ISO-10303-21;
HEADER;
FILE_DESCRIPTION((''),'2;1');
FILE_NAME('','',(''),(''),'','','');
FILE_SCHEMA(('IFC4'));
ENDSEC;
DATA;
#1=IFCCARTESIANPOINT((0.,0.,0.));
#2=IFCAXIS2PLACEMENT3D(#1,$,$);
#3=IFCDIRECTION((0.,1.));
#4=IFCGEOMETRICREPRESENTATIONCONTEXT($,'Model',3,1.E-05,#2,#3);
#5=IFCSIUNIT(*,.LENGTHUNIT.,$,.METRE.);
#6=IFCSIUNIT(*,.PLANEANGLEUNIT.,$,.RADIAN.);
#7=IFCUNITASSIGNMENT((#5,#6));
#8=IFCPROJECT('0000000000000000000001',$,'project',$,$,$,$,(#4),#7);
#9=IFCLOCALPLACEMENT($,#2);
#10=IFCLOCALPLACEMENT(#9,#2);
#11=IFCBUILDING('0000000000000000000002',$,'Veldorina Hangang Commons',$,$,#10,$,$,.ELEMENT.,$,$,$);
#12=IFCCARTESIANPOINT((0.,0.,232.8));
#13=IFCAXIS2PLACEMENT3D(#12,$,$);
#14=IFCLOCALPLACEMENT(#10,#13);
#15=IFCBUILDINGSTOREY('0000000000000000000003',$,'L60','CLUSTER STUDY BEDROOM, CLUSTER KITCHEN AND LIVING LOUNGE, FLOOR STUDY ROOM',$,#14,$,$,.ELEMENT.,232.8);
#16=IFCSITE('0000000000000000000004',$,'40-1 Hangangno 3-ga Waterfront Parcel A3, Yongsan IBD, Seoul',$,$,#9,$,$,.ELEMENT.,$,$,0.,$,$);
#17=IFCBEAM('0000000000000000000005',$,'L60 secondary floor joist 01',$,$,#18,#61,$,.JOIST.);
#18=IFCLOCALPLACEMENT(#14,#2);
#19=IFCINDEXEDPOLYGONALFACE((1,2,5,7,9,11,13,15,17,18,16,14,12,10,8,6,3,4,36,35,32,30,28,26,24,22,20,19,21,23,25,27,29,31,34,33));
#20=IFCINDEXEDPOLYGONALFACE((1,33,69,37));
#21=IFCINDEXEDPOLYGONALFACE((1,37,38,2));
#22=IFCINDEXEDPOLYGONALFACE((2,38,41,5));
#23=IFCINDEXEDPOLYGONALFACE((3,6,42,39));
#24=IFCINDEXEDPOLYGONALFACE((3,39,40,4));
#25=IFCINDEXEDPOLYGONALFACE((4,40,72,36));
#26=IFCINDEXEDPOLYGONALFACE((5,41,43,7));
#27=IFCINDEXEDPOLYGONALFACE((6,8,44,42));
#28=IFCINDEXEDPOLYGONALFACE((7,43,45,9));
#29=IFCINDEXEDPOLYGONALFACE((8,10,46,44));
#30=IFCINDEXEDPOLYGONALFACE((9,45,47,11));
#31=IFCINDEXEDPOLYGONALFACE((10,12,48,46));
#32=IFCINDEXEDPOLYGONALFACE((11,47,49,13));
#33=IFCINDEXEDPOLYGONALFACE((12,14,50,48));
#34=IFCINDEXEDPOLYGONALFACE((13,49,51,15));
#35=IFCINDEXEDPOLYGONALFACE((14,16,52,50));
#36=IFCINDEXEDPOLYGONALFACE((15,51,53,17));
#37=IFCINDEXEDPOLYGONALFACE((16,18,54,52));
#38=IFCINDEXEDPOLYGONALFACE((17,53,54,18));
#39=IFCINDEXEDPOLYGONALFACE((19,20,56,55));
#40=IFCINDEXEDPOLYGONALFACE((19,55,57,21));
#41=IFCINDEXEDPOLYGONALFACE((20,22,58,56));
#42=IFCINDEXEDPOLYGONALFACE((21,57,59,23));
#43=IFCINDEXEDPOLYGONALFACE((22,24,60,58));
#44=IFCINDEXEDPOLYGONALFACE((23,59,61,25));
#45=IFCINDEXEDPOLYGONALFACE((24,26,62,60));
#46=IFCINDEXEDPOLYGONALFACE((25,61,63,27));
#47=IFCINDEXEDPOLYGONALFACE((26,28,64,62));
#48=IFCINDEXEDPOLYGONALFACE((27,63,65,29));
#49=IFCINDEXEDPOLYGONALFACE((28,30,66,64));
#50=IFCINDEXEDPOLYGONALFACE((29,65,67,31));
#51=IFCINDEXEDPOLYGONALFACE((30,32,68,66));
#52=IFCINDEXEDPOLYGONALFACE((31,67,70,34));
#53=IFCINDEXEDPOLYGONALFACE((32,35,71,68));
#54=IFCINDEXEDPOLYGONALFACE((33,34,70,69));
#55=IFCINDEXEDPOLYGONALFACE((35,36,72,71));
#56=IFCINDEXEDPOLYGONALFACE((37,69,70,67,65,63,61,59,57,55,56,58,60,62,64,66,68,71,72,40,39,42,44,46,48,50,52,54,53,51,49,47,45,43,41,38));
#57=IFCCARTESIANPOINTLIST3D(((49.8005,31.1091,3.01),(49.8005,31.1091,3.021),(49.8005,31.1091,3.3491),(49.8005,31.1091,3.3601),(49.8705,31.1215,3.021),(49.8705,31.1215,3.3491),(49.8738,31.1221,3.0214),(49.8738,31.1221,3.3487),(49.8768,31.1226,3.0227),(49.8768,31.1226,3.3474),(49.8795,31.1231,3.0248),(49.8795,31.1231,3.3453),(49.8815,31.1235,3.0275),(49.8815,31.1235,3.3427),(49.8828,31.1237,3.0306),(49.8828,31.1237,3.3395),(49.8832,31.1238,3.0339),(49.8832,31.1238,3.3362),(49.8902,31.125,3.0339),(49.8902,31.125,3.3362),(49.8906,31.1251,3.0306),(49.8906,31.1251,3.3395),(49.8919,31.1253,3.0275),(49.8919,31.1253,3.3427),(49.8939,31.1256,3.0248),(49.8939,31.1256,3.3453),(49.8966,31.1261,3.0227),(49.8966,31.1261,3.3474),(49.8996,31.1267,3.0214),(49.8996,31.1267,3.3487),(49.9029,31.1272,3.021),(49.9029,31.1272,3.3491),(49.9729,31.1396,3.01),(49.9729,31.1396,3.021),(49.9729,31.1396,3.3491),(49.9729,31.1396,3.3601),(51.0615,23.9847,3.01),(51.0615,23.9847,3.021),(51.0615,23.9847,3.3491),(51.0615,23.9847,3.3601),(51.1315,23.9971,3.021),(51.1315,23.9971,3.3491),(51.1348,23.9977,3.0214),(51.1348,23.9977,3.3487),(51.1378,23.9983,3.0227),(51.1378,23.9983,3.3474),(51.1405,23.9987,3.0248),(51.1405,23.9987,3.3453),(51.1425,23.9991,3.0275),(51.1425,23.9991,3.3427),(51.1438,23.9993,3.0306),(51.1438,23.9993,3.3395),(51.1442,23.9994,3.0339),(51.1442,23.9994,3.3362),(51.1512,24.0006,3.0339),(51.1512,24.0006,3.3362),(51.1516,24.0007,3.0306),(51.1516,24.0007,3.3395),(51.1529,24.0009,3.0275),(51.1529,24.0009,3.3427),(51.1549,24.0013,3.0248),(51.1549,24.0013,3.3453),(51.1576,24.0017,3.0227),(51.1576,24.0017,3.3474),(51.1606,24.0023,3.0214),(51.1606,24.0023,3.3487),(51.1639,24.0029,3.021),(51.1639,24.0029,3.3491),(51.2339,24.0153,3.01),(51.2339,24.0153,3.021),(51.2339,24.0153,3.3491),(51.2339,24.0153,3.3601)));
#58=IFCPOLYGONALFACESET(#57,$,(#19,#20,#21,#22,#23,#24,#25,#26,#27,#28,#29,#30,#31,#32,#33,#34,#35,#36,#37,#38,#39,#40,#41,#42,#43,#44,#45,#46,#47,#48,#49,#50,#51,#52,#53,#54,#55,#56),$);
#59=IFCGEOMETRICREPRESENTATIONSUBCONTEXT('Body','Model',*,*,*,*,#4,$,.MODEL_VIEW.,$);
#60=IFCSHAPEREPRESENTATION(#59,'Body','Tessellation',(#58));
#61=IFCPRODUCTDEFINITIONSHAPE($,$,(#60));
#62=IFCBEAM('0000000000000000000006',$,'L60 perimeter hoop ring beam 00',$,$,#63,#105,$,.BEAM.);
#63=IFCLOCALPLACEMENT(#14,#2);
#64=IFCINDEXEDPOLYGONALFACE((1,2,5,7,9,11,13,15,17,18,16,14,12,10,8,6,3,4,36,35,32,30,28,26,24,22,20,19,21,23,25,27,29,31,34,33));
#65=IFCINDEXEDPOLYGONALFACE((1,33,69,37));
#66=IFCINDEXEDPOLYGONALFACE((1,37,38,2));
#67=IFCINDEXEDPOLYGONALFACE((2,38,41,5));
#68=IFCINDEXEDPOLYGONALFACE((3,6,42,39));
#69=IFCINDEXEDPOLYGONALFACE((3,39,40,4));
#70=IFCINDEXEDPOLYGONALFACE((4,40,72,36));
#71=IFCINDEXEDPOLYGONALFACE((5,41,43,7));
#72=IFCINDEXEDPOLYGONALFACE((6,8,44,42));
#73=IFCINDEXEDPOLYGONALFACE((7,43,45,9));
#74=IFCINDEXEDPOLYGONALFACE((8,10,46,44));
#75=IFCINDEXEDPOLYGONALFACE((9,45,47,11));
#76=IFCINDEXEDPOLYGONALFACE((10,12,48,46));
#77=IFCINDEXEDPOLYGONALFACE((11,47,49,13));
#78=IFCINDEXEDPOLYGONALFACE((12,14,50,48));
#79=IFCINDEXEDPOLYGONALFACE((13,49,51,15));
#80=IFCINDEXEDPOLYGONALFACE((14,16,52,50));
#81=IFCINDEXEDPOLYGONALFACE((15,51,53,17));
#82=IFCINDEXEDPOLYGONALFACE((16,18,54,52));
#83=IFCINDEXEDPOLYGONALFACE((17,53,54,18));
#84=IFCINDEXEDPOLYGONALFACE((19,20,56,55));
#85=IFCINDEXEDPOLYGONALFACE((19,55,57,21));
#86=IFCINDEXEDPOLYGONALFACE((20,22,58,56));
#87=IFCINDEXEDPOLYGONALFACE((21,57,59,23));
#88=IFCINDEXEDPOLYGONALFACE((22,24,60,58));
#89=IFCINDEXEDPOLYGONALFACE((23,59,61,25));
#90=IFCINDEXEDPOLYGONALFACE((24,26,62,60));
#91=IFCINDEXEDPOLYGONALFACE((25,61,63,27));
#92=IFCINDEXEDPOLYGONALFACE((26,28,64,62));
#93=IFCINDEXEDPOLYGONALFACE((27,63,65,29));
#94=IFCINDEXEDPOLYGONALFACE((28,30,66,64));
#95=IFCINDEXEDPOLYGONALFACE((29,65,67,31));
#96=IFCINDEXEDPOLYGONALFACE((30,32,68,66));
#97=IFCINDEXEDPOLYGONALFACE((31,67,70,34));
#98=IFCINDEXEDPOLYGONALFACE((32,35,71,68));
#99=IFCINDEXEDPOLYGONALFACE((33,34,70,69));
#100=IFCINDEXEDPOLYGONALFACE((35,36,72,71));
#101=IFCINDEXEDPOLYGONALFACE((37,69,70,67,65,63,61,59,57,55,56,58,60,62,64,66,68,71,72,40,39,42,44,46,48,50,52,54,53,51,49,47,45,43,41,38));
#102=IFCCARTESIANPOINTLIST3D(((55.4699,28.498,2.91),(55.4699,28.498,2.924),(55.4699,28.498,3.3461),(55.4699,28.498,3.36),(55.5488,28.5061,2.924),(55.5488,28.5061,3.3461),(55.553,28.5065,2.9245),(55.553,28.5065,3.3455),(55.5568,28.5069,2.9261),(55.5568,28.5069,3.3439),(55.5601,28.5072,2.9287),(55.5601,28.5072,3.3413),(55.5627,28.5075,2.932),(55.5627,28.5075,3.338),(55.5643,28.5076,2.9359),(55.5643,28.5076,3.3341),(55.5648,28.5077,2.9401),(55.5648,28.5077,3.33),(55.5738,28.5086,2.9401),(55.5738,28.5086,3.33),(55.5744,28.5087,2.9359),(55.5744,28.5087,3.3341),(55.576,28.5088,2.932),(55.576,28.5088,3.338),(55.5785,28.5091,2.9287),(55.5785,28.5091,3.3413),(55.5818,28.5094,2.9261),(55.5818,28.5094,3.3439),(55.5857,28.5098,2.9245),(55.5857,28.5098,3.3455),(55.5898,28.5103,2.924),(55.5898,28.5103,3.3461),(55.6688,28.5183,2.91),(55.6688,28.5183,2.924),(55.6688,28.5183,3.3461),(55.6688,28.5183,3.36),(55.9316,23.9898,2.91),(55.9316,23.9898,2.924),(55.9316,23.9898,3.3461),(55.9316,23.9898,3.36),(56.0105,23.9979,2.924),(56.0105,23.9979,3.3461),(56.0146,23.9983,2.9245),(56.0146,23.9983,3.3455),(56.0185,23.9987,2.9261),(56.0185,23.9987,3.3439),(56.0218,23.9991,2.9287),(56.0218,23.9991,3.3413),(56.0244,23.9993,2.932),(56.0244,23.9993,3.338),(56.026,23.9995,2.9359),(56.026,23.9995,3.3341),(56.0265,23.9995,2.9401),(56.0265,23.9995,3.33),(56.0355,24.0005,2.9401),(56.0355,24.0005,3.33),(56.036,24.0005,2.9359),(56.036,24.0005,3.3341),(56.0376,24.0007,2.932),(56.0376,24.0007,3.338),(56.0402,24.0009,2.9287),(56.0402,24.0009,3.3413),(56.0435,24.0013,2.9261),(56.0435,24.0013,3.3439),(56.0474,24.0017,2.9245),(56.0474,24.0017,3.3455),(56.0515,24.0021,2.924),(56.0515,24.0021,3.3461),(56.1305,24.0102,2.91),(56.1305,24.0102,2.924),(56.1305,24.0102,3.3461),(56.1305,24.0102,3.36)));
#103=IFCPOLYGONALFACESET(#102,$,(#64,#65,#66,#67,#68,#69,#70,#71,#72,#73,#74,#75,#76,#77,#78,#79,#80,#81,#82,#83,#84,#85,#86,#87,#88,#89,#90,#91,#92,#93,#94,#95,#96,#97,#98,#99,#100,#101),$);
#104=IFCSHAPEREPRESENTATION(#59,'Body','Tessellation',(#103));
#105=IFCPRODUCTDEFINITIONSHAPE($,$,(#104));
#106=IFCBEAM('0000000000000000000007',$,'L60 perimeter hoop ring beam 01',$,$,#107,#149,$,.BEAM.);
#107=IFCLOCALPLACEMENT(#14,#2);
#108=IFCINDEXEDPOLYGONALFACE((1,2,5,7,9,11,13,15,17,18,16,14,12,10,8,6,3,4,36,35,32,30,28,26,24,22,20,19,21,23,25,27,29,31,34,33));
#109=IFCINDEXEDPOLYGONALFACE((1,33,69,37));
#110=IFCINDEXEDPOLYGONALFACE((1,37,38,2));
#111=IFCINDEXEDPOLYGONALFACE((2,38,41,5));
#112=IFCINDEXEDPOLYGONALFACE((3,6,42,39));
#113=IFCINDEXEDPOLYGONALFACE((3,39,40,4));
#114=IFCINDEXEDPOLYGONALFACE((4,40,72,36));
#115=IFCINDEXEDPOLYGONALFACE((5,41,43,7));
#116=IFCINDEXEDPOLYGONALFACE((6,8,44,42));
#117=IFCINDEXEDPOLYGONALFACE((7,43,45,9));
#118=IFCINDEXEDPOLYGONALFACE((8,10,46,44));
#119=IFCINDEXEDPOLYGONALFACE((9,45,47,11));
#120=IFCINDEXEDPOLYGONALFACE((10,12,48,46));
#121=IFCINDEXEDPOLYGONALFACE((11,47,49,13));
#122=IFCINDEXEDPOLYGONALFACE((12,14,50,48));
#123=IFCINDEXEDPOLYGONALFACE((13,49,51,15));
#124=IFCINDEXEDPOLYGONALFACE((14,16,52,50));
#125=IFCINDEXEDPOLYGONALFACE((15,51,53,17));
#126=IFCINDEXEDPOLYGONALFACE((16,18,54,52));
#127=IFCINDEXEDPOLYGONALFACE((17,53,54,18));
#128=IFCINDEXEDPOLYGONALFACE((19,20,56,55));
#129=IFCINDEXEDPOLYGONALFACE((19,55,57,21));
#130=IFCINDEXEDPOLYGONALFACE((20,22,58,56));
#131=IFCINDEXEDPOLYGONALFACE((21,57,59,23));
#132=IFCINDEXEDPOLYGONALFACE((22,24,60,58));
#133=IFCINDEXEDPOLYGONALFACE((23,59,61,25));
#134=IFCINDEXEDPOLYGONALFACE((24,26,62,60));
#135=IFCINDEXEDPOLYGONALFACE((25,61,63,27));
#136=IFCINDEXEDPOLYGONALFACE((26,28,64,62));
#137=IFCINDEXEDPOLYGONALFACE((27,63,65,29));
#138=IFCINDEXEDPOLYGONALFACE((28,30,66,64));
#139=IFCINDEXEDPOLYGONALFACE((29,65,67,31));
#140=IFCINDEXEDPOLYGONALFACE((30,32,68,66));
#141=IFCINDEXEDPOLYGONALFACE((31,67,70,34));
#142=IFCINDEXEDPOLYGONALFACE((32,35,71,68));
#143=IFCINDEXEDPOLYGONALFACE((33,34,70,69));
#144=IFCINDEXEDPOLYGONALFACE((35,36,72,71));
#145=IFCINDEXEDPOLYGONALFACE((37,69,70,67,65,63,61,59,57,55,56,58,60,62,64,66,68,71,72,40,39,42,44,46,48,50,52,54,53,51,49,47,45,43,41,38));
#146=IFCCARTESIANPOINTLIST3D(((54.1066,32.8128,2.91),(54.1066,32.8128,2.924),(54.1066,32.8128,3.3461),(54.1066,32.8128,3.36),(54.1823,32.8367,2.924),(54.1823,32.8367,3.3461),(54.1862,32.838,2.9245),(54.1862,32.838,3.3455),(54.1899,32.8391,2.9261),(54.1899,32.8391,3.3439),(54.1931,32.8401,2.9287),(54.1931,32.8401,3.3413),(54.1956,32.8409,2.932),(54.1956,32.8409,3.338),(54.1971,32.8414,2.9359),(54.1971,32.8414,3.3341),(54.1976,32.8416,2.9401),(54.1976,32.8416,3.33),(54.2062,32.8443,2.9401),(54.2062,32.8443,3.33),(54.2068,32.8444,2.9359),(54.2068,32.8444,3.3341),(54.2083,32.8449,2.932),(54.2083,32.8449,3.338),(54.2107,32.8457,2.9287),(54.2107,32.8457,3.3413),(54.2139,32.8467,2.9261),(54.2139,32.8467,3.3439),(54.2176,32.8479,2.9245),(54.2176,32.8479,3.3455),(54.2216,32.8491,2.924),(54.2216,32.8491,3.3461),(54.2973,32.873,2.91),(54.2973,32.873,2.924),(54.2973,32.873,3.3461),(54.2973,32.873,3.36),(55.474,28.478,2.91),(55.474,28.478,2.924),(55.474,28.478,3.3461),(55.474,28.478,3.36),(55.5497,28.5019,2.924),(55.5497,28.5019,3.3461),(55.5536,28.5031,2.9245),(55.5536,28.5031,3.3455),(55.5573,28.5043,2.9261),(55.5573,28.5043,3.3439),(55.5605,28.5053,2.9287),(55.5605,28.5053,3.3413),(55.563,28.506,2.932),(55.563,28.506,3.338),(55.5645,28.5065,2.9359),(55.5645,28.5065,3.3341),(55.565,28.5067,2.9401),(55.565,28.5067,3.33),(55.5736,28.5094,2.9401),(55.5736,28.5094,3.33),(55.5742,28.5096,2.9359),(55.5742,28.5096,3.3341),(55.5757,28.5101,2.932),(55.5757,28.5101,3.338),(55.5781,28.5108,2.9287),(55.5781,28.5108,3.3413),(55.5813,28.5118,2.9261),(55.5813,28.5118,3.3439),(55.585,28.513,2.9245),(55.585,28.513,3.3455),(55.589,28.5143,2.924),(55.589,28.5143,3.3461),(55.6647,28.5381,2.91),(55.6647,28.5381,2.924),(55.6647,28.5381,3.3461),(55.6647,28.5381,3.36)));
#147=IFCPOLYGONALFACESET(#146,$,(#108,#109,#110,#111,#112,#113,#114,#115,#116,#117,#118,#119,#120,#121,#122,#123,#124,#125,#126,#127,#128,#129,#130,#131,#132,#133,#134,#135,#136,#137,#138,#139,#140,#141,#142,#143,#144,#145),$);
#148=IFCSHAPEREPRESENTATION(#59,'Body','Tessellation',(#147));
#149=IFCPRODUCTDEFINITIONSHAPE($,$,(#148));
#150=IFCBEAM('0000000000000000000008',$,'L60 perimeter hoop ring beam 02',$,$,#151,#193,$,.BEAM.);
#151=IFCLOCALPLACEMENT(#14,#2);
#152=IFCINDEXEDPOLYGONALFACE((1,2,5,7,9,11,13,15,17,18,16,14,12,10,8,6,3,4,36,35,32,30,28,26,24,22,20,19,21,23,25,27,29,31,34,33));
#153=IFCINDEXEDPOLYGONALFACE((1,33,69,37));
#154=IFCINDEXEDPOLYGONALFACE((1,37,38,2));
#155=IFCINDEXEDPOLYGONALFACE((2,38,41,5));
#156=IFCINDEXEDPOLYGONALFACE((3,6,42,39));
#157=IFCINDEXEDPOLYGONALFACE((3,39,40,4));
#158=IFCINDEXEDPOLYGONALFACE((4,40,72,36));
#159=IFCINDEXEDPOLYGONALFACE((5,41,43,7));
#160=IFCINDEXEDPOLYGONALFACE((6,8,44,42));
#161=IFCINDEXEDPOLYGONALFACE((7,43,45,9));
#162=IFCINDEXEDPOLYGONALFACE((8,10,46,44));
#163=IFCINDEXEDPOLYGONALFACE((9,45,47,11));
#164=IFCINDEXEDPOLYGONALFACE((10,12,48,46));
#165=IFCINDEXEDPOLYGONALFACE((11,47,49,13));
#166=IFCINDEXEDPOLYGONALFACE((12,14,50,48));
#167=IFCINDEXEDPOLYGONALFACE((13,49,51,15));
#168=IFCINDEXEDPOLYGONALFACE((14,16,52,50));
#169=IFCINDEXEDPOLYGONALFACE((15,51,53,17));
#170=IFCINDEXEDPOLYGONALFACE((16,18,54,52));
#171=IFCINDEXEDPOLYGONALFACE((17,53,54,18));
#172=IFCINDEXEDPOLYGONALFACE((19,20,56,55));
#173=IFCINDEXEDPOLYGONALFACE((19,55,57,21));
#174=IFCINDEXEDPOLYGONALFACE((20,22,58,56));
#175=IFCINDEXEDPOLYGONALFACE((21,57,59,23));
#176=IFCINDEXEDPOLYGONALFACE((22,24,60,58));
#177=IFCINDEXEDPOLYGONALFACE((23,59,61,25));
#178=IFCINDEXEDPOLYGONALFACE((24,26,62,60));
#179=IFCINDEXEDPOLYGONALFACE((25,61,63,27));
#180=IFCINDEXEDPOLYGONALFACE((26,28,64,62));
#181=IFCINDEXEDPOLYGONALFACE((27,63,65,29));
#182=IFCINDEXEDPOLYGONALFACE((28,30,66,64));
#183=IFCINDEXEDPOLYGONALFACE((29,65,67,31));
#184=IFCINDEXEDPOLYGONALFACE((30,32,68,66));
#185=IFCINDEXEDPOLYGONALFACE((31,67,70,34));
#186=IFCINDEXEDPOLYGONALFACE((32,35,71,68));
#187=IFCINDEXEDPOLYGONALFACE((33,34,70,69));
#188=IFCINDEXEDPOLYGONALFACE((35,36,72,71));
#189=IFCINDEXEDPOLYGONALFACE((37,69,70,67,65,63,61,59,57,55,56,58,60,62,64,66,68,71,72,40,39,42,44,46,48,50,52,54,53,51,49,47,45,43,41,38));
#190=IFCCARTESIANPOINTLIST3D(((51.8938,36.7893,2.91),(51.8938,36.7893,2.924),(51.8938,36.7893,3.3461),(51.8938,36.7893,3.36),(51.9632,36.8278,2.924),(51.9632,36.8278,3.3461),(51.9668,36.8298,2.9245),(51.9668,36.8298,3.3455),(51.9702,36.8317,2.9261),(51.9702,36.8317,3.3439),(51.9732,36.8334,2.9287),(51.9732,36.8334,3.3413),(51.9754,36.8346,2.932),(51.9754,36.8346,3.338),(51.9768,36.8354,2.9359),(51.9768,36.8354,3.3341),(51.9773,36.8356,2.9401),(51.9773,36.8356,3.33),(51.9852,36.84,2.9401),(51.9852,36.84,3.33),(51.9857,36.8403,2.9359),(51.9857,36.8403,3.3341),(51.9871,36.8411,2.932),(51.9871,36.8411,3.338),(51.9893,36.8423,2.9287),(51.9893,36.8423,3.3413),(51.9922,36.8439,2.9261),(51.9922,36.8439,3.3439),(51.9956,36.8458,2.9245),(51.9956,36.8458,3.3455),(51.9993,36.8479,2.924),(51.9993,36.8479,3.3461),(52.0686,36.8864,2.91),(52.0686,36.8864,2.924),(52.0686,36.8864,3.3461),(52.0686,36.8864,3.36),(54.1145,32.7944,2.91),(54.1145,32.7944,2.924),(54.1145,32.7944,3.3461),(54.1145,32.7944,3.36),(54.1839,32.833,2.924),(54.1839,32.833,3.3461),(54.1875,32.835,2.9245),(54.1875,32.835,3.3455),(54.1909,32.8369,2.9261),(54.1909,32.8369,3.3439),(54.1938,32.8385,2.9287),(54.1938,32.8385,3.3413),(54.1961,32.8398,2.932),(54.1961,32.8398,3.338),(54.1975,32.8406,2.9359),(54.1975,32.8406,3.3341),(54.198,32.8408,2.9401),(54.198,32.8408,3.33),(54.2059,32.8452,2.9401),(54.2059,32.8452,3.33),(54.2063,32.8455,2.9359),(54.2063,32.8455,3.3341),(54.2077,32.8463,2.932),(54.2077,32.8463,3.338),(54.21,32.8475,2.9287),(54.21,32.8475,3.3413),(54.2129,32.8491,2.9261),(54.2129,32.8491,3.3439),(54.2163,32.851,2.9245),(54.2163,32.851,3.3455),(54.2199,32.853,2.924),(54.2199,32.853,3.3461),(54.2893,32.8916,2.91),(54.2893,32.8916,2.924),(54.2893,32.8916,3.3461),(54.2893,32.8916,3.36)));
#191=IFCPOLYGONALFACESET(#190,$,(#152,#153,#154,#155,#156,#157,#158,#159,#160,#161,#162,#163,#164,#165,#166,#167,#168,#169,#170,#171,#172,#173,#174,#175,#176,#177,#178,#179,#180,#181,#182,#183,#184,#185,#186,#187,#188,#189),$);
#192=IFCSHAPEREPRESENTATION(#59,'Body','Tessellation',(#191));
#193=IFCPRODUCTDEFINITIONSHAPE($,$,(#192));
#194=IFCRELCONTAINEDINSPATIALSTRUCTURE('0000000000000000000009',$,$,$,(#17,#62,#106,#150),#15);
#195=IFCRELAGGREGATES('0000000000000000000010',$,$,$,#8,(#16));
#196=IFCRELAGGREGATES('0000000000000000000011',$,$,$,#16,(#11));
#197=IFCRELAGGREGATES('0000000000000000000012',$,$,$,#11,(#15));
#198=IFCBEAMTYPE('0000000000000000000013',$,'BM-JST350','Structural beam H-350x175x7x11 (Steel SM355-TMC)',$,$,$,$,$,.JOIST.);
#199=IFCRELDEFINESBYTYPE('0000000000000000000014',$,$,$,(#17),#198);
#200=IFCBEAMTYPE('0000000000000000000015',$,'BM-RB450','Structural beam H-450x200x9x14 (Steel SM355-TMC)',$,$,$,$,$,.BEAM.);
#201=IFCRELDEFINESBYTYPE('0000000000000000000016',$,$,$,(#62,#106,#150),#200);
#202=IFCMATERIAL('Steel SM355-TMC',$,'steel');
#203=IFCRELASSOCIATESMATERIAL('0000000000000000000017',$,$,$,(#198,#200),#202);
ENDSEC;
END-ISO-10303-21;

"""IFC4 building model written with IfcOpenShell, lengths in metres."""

from ifc_helpers import new_model, si_unit, direction, frame, origin, origin_2d, place, context, subcontext, project, spatial, i_section, extrude, material, material_profile, profile_set, type_object, element, save


model = new_model("IFC4")

# Units and contexts
model_context = context("Model", 3, precision=1e-05, world=origin(), true_north=direction((0.0, 1.0)))
body_context = subcontext(model_context, "Body", "Model", "MODEL_VIEW")
ifc_project = project(units=[si_unit("LENGTHUNIT", "METRE"), si_unit("PLANEANGLEUNIT", "RADIAN")], contexts=[model_context])

# Site, building, storey
site_placement = place(None, origin())
site = spatial("IfcSite", under=ifc_project, at=site_placement, Name="40-1 Hangangno 3-ga Waterfront Parcel A3, Yongsan IBD, Seoul", CompositionType="ELEMENT", RefElevation=0.0)
building_placement = place(site_placement, origin())
building = spatial("IfcBuilding", under=site, at=building_placement, Name="Veldorina Hangang Commons", CompositionType="ELEMENT")
storey_placement = place(building_placement, frame((0.0, 0.0, 232.8)))
storey = spatial("IfcBuildingStorey", under=building, at=storey_placement, Name="L60", Description="CLUSTER STUDY BEDROOM, CLUSTER KITCHEN AND LIVING LOUNGE, FLOOR STUDY ROOM", CompositionType="ELEMENT", Elevation=232.8)

# Beams
ifc_material_1 = material(Name="Steel SM355-TMC", Category="steel")
ifc_material_profile_1 = material_profile(ifc_material_1, i_section(OverallWidth=0.175, OverallDepth=0.3501, WebThickness=0.0071, FlangeThickness=0.011, FilletRadius=0.0129, at=origin_2d()), Name="H-350x175x7x11")
ifc_profile_set_1 = profile_set([ifc_material_profile_1], Name="Steel SM355-TMC")
beam_type_1 = type_object("IfcBeamType", Name="BM-JST350", Description="Structural beam H-350x175x7x11 (Steel SM355-TMC)", PredefinedType="JOIST", material=ifc_profile_set_1)
beam_1_placement = place(storey_placement, frame((51.1477, 24.0, 3.1851), z_axis=(-0.17429, 0.984694, 0.0), x_axis=(-0.984694, -0.17429, 0.0)))
element("IfcBeam", 1, at=beam_1_placement, inside=storey, type_object=beam_type_1, Name="L60 secondary floor joist 01", PredefinedType="JOIST", context=body_context, shape_type="SweptSolid", body=[
    extrude(i_section(OverallWidth=0.175, OverallDepth=0.3501, WebThickness=0.0071, FlangeThickness=0.011, FilletRadius=0.0129, at=origin_2d()), origin(), (0.0, 0.0, 1.0), 7.2351),
])
ifc_material_profile_2 = material_profile(ifc_material_1, i_section(OverallWidth=0.2, OverallDepth=0.45, WebThickness=0.009, FlangeThickness=0.0139, FilletRadius=0.0161, at=origin_2d()), Name="H-450x200x9x14")
ifc_profile_set_2 = profile_set([ifc_material_profile_2], Name="Steel SM355-TMC")
beam_type_2 = type_object("IfcBeamType", Name="BM-RB450", Description="Structural beam H-450x200x9x14 (Steel SM355-TMC)", PredefinedType="BEAM", material=ifc_profile_set_2)
beam_2_placement = place(storey_placement, frame((56.031, 24.0, 3.135), z_axis=(-0.101877, 0.994797, 0.0), x_axis=(-0.994797, -0.101877, 0.0)))
element("IfcBeam", 2, at=beam_2_placement, inside=storey, type_object=beam_type_2, Name="L60 perimeter hoop ring beam 00", PredefinedType="BEAM", context=body_context, shape_type="SweptSolid", body=[
    extrude(i_section(OverallWidth=0.2, OverallDepth=0.45, WebThickness=0.009, FlangeThickness=0.0139, FilletRadius=0.0161, at=origin_2d()), origin(), (0.0, 0.0, 1.0), 4.5317),
])
beam_3_placement = place(storey_placement, frame((55.5693, 28.5081, 3.135), z_axis=(-0.300831, 0.953678, 0.0), x_axis=(-0.953678, -0.300831, 0.0)))
element("IfcBeam", 3, at=beam_3_placement, inside=storey, type_object=beam_type_2, Name="L60 perimeter hoop ring beam 01", PredefinedType="BEAM", context=body_context, shape_type="SweptSolid", body=[
    extrude(i_section(OverallWidth=0.2, OverallDepth=0.45, WebThickness=0.009, FlangeThickness=0.0139, FilletRadius=0.0161, at=origin_2d()), origin(), (0.0, 0.0, 1.0), 4.5454),
])
beam_4_placement = place(storey_placement, frame((54.2019, 32.843, 3.135), z_axis=(-0.485865, 0.874034, 0.0), x_axis=(-0.874034, -0.485865, 0.0)))
element("IfcBeam", 4, at=beam_4_placement, inside=storey, type_object=beam_type_2, Name="L60 perimeter hoop ring beam 02", PredefinedType="BEAM", context=body_context, shape_type="SweptSolid", body=[
    extrude(i_section(OverallWidth=0.2, OverallDepth=0.45, WebThickness=0.009, FlangeThickness=0.0139, FilletRadius=0.0161, at=origin_2d()), origin(), (0.0, 0.0, 1.0), 4.5706),
])

save(model, "model.ifc")
